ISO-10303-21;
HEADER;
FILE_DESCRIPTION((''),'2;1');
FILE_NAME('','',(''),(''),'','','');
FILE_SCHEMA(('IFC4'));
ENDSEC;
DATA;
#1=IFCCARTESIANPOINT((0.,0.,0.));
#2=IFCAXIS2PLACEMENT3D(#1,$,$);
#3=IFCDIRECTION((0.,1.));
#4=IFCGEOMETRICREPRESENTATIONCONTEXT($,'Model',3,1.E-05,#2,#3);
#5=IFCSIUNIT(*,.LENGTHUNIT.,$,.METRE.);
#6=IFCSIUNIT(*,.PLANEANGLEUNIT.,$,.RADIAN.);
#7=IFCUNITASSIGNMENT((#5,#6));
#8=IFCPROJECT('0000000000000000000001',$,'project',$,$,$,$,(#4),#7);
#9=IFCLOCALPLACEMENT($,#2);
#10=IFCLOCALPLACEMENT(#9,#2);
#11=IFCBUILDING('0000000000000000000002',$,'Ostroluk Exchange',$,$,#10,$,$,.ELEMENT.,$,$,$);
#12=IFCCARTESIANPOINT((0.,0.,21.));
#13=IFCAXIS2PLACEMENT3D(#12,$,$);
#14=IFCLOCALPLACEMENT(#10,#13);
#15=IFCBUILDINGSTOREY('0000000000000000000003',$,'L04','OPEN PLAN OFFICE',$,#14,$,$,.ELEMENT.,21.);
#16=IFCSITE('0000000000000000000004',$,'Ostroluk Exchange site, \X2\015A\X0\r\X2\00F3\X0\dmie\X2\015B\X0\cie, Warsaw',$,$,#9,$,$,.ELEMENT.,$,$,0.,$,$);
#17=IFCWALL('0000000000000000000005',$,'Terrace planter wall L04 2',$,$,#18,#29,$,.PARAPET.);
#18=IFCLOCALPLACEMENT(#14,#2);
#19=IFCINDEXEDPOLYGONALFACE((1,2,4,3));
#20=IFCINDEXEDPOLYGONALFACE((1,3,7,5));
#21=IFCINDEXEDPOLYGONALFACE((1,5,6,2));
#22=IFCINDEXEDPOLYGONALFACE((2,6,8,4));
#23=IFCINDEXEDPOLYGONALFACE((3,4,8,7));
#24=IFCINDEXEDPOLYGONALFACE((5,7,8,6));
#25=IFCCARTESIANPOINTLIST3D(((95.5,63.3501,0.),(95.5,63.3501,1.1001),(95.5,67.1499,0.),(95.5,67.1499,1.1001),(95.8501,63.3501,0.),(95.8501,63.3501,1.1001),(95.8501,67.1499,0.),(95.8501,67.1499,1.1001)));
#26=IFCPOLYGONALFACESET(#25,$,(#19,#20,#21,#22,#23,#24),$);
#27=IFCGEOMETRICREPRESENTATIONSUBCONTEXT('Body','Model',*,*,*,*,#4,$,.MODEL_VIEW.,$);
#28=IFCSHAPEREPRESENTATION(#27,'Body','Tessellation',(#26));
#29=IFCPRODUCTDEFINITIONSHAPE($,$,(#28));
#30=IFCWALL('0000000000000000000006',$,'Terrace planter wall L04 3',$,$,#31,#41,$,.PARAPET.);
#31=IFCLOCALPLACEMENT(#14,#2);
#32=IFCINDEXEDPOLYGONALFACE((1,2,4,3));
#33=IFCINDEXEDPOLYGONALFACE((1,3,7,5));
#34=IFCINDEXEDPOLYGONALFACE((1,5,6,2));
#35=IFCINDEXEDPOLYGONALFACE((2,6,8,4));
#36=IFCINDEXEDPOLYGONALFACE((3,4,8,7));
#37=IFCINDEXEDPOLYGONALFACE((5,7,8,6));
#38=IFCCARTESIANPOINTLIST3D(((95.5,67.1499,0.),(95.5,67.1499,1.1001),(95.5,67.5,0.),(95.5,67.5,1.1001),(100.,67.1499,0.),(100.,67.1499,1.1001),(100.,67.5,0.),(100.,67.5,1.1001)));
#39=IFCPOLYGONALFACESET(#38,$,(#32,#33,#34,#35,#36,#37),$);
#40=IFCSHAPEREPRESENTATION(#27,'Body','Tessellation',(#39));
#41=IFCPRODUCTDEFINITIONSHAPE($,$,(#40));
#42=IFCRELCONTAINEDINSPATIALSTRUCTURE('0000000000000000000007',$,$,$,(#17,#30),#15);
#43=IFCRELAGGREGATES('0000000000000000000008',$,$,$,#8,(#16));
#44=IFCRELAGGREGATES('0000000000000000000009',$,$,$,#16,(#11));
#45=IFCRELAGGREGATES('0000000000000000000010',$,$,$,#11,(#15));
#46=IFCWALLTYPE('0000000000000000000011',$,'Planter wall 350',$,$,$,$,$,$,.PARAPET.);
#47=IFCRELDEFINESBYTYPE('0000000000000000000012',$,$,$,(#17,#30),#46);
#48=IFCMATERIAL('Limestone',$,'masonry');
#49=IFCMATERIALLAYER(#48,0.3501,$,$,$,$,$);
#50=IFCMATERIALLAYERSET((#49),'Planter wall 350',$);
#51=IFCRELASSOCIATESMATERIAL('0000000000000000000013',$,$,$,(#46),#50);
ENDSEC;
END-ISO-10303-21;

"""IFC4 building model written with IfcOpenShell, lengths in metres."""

from ifc_helpers import new_model, si_unit, direction, frame, frame_2d, origin, place, context, subcontext, project, spatial, rectangle, extrude, material, layer, layer_set, type_object, element, save


model = new_model("IFC4")

# Units and contexts
model_context = context("Model", 3, precision=1e-05, world=origin(), true_north=direction((0.0, 1.0)))
body_context = subcontext(model_context, "Body", "Model", "MODEL_VIEW")
ifc_project = project(units=[si_unit("LENGTHUNIT", "METRE"), si_unit("PLANEANGLEUNIT", "RADIAN")], contexts=[model_context])

# Site, building, storey
site_placement = place(None, origin())
site = spatial("IfcSite", under=ifc_project, at=site_placement, Name="Ostroluk Exchange site, Śródmieście, Warsaw", CompositionType="ELEMENT", RefElevation=0.0)
building_placement = place(site_placement, origin())
building = spatial("IfcBuilding", under=site, at=building_placement, Name="Ostroluk Exchange", CompositionType="ELEMENT")
storey_placement = place(building_placement, frame((0.0, 0.0, 21.0)))
storey = spatial("IfcBuildingStorey", under=building, at=storey_placement, Name="L04", Description="OPEN PLAN OFFICE", CompositionType="ELEMENT", Elevation=21.0)

# Walls
ifc_material_1 = material(Name="Limestone", Category="masonry")
ifc_layer_1 = layer(ifc_material_1, 0.3501)
ifc_layer_set_1 = layer_set([ifc_layer_1], Name="Planter wall 350")
wall_type_1 = type_object("IfcWallType", Name="Planter wall 350", PredefinedType="PARAPET", material=ifc_layer_set_1)
wall_1_placement = place(storey_placement, frame((95.675, 63.3501, 0.0), z_axis=(0.0, 0.0, 1.0), x_axis=(0.0, 1.0, 0.0)))
element("IfcWall", 1, at=wall_1_placement, inside=storey, type_object=wall_type_1, Name="Terrace planter wall L04 2", PredefinedType="PARAPET", context=body_context, shape_type="SweptSolid", body=[
    extrude(rectangle(XDim=3.7998, YDim=0.3501, at=frame_2d((1.8999, 0.0))), origin(), (0.0, 0.0, 1.0), 1.1001),
])
wall_2_placement = place(storey_placement, frame((95.5, 67.325, 0.0), z_axis=(0.0, 0.0, 1.0), x_axis=(1.0, 0.0, 0.0)))
element("IfcWall", 2, at=wall_2_placement, inside=storey, type_object=wall_type_1, Name="Terrace planter wall L04 3", PredefinedType="PARAPET", context=body_context, shape_type="SweptSolid", body=[
    extrude(rectangle(XDim=4.5, YDim=0.3501, at=frame_2d((2.25, 0.0))), origin(), (0.0, 0.0, 1.0), 1.1001),
])

save(model, "model.ifc")
